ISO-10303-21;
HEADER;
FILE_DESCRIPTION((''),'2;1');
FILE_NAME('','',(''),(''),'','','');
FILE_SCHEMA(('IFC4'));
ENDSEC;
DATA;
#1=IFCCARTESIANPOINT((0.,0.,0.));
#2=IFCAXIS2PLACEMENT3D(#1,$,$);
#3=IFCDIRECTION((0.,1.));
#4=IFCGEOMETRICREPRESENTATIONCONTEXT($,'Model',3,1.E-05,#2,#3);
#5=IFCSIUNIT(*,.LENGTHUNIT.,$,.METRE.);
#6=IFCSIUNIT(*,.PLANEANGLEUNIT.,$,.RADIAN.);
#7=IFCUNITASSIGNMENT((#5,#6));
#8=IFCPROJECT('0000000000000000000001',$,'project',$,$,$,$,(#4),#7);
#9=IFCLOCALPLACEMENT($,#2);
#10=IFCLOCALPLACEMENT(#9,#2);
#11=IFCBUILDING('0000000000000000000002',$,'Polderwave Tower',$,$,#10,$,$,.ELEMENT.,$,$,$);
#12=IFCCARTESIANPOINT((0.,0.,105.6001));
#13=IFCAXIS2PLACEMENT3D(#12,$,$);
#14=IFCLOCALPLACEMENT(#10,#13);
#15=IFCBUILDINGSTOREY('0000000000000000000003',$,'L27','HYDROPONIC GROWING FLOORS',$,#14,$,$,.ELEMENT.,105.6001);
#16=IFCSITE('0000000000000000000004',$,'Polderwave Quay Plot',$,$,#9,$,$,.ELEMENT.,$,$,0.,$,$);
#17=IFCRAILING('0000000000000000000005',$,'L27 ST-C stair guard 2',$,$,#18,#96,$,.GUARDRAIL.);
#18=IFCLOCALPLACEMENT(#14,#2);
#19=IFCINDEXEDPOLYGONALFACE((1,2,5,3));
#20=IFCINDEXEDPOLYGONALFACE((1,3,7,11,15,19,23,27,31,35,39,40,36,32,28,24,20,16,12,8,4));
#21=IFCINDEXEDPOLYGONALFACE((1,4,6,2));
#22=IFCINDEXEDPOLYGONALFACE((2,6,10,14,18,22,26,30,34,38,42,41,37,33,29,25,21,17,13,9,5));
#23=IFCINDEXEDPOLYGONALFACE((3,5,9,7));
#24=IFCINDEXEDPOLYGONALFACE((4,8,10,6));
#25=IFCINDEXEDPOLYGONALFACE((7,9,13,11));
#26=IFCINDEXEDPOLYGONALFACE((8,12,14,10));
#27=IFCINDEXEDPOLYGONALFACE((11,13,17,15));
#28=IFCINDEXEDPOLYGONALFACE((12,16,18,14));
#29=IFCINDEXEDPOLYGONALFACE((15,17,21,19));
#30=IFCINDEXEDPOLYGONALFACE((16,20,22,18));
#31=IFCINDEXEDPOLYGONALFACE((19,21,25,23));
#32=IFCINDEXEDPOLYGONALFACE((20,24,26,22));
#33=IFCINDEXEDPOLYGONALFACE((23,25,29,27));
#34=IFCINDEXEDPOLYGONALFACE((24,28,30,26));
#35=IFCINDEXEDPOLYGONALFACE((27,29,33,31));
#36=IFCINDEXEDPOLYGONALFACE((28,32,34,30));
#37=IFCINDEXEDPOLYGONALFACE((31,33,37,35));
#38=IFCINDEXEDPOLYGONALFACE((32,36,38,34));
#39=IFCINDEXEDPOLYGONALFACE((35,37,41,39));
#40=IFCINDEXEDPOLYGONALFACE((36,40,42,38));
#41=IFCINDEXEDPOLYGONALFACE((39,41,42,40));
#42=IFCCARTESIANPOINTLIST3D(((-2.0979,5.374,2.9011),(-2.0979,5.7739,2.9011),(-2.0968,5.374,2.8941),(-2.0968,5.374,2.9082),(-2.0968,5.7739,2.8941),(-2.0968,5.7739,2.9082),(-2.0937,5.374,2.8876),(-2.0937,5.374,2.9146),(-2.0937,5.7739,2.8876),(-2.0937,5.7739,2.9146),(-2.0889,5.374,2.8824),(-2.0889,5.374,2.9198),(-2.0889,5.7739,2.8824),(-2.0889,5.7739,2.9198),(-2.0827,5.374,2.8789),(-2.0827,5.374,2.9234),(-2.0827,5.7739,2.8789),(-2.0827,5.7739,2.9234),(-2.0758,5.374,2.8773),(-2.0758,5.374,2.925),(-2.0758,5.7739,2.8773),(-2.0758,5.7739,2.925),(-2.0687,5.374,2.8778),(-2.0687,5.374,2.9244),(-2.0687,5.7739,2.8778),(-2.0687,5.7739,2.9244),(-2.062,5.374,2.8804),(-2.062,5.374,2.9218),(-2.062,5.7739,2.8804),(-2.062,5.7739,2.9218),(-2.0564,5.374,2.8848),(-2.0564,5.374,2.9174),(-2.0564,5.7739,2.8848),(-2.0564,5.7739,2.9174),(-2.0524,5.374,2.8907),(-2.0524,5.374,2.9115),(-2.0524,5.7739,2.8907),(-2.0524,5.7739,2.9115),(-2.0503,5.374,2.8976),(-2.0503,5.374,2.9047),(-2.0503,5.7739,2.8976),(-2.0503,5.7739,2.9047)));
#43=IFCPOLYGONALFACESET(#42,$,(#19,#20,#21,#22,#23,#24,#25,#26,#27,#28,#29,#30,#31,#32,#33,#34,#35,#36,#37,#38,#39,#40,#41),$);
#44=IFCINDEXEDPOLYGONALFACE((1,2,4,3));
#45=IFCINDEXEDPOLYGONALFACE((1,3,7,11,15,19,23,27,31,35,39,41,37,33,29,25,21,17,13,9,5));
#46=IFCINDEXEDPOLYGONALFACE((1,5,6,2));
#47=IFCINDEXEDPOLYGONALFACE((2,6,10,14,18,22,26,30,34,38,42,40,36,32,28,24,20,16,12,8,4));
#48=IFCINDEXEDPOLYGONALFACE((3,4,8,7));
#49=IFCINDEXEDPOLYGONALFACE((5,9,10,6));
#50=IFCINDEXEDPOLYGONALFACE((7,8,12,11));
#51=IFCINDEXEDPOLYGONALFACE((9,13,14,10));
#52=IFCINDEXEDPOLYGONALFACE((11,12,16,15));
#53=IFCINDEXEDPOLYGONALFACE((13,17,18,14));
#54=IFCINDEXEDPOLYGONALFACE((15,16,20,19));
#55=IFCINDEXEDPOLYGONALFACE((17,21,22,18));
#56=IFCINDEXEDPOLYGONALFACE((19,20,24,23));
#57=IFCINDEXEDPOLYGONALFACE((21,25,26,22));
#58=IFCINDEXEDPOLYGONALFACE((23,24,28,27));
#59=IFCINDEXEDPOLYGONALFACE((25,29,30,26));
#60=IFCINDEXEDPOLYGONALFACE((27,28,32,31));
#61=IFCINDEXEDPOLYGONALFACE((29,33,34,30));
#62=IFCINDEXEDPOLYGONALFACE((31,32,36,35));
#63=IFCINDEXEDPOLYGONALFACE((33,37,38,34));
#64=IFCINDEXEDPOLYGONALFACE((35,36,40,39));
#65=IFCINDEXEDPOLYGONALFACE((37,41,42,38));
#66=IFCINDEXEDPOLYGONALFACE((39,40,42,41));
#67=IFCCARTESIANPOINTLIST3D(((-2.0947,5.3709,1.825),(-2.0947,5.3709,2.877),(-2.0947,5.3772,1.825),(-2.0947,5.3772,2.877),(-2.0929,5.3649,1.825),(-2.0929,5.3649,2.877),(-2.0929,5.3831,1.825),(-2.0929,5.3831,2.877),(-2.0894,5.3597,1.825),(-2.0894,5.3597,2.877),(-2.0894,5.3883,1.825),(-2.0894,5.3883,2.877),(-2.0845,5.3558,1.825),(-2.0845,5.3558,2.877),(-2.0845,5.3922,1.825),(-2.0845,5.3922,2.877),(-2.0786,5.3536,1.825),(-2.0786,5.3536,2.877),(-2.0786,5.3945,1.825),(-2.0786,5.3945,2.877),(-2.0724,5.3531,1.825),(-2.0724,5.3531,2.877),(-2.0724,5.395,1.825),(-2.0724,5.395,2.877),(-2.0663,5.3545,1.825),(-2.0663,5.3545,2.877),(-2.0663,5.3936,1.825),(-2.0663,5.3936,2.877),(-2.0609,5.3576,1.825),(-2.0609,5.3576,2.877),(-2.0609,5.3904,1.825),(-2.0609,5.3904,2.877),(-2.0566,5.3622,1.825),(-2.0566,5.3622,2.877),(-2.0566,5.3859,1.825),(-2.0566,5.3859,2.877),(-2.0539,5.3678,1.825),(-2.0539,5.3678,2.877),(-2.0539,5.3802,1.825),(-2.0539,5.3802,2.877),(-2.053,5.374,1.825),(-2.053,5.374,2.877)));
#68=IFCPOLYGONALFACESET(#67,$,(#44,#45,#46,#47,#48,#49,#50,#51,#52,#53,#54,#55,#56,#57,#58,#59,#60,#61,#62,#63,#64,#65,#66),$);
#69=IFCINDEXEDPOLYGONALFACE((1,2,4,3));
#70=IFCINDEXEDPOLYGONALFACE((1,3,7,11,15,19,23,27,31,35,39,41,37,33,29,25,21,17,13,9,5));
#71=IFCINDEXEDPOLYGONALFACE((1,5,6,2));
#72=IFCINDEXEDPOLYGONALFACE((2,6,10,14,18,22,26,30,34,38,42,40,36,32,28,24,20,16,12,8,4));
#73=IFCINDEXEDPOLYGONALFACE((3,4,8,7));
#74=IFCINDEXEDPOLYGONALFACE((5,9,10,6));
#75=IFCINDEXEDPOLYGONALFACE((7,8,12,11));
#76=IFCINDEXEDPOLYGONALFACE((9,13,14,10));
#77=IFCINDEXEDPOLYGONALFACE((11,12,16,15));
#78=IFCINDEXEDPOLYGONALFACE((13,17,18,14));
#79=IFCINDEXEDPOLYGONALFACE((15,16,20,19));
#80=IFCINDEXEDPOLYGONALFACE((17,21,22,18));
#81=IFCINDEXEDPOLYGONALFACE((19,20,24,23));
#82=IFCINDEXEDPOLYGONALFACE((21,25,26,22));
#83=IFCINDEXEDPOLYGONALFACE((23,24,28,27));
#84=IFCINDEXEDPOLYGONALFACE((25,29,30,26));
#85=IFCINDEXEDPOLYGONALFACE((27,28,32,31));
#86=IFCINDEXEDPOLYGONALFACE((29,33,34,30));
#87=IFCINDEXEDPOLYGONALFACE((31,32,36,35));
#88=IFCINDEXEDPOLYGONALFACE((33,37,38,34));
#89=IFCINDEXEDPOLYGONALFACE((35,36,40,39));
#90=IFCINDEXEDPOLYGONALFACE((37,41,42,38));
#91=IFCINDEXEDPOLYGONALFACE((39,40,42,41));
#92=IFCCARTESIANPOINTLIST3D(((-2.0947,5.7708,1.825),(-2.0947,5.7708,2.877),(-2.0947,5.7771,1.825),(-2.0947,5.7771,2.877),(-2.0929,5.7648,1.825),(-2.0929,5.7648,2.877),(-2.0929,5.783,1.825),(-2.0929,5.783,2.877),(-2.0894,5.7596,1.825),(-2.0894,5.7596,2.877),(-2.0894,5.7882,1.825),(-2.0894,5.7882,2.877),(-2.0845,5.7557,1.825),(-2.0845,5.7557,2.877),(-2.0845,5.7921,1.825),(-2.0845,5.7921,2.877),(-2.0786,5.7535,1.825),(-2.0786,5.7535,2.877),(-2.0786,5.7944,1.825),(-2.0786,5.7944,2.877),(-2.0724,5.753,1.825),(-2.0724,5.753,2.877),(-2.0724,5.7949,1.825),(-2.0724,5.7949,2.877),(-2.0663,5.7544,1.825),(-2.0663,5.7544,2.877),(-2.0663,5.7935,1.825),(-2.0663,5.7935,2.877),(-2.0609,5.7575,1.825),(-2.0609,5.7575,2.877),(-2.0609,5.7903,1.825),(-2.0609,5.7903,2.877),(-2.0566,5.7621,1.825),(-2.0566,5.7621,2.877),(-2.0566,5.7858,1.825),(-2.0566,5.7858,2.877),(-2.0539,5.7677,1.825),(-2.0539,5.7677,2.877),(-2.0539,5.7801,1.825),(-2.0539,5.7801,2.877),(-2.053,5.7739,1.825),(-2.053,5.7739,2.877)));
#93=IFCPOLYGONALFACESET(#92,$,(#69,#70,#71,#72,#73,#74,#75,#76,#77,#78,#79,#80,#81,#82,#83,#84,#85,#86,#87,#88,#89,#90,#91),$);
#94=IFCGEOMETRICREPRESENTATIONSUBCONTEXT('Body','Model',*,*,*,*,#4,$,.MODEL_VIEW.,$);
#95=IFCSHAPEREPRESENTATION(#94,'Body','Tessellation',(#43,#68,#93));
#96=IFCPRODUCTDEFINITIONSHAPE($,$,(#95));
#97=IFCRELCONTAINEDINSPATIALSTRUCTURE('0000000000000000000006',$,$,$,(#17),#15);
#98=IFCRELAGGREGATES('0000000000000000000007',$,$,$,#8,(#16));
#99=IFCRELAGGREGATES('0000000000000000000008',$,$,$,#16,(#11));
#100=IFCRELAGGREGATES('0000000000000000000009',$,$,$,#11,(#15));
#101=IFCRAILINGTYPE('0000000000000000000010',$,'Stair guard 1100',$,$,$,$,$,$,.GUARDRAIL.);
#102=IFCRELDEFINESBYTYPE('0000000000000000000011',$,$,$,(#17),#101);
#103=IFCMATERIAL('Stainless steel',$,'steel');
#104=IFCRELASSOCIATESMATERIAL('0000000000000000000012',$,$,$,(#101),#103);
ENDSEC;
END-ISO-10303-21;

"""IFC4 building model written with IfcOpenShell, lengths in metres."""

from ifc_helpers import new_model, si_unit, direction, frame, origin, origin_2d, place, context, subcontext, project, spatial, circle, extrude, material, type_object, element, save


model = new_model("IFC4")

# Units and contexts
model_context = context("Model", 3, precision=1e-05, world=origin(), true_north=direction((0.0, 1.0)))
body_context = subcontext(model_context, "Body", "Model", "MODEL_VIEW")
ifc_project = project(units=[si_unit("LENGTHUNIT", "METRE"), si_unit("PLANEANGLEUNIT", "RADIAN")], contexts=[model_context])

# Site, building, storey
site_placement = place(None, origin())
site = spatial("IfcSite", under=ifc_project, at=site_placement, Name="Polderwave Quay Plot", CompositionType="ELEMENT", RefElevation=0.0)
building_placement = place(site_placement, origin())
building = spatial("IfcBuilding", under=site, at=building_placement, Name="Polderwave Tower", CompositionType="ELEMENT")
storey_placement = place(building_placement, frame((0.0, 0.0, 105.6001)))
storey = spatial("IfcBuildingStorey", under=building, at=storey_placement, Name="L27", Description="HYDROPONIC GROWING FLOORS", CompositionType="ELEMENT", Elevation=105.6001)

# Railing
ifc_material_1 = material(Name="Stainless steel", Category="steel")
railing_type_1 = type_object("IfcRailingType", Name="Stair guard 1100", PredefinedType="GUARDRAIL", material=ifc_material_1)
railing_1_placement = place(storey_placement, frame((-2.074, 5.374, 1.825)))
element("IfcRailing", 1, at=railing_1_placement, inside=storey, type_object=railing_type_1, Name="L27 ST-C stair guard 2", PredefinedType="GUARDRAIL", context=body_context, shape_type="SweptSolid", body=[
    extrude(circle(Radius=0.0239, at=origin_2d()), frame((0.0, 0.0, 1.0762), z_axis=(0.0, 1.0, 0.0), x_axis=(-1.0, 0.0, 0.0)), (0.0, 0.0, 1.0), 0.3999),
    extrude(circle(Radius=0.021, at=origin_2d()), origin(), (0.0, 0.0, 1.0), 1.052),
    extrude(circle(Radius=0.021, at=origin_2d()), frame((0.0, 0.3999, 0.0)), (0.0, 0.0, 1.0), 1.052),
])

save(model, "model.ifc")
